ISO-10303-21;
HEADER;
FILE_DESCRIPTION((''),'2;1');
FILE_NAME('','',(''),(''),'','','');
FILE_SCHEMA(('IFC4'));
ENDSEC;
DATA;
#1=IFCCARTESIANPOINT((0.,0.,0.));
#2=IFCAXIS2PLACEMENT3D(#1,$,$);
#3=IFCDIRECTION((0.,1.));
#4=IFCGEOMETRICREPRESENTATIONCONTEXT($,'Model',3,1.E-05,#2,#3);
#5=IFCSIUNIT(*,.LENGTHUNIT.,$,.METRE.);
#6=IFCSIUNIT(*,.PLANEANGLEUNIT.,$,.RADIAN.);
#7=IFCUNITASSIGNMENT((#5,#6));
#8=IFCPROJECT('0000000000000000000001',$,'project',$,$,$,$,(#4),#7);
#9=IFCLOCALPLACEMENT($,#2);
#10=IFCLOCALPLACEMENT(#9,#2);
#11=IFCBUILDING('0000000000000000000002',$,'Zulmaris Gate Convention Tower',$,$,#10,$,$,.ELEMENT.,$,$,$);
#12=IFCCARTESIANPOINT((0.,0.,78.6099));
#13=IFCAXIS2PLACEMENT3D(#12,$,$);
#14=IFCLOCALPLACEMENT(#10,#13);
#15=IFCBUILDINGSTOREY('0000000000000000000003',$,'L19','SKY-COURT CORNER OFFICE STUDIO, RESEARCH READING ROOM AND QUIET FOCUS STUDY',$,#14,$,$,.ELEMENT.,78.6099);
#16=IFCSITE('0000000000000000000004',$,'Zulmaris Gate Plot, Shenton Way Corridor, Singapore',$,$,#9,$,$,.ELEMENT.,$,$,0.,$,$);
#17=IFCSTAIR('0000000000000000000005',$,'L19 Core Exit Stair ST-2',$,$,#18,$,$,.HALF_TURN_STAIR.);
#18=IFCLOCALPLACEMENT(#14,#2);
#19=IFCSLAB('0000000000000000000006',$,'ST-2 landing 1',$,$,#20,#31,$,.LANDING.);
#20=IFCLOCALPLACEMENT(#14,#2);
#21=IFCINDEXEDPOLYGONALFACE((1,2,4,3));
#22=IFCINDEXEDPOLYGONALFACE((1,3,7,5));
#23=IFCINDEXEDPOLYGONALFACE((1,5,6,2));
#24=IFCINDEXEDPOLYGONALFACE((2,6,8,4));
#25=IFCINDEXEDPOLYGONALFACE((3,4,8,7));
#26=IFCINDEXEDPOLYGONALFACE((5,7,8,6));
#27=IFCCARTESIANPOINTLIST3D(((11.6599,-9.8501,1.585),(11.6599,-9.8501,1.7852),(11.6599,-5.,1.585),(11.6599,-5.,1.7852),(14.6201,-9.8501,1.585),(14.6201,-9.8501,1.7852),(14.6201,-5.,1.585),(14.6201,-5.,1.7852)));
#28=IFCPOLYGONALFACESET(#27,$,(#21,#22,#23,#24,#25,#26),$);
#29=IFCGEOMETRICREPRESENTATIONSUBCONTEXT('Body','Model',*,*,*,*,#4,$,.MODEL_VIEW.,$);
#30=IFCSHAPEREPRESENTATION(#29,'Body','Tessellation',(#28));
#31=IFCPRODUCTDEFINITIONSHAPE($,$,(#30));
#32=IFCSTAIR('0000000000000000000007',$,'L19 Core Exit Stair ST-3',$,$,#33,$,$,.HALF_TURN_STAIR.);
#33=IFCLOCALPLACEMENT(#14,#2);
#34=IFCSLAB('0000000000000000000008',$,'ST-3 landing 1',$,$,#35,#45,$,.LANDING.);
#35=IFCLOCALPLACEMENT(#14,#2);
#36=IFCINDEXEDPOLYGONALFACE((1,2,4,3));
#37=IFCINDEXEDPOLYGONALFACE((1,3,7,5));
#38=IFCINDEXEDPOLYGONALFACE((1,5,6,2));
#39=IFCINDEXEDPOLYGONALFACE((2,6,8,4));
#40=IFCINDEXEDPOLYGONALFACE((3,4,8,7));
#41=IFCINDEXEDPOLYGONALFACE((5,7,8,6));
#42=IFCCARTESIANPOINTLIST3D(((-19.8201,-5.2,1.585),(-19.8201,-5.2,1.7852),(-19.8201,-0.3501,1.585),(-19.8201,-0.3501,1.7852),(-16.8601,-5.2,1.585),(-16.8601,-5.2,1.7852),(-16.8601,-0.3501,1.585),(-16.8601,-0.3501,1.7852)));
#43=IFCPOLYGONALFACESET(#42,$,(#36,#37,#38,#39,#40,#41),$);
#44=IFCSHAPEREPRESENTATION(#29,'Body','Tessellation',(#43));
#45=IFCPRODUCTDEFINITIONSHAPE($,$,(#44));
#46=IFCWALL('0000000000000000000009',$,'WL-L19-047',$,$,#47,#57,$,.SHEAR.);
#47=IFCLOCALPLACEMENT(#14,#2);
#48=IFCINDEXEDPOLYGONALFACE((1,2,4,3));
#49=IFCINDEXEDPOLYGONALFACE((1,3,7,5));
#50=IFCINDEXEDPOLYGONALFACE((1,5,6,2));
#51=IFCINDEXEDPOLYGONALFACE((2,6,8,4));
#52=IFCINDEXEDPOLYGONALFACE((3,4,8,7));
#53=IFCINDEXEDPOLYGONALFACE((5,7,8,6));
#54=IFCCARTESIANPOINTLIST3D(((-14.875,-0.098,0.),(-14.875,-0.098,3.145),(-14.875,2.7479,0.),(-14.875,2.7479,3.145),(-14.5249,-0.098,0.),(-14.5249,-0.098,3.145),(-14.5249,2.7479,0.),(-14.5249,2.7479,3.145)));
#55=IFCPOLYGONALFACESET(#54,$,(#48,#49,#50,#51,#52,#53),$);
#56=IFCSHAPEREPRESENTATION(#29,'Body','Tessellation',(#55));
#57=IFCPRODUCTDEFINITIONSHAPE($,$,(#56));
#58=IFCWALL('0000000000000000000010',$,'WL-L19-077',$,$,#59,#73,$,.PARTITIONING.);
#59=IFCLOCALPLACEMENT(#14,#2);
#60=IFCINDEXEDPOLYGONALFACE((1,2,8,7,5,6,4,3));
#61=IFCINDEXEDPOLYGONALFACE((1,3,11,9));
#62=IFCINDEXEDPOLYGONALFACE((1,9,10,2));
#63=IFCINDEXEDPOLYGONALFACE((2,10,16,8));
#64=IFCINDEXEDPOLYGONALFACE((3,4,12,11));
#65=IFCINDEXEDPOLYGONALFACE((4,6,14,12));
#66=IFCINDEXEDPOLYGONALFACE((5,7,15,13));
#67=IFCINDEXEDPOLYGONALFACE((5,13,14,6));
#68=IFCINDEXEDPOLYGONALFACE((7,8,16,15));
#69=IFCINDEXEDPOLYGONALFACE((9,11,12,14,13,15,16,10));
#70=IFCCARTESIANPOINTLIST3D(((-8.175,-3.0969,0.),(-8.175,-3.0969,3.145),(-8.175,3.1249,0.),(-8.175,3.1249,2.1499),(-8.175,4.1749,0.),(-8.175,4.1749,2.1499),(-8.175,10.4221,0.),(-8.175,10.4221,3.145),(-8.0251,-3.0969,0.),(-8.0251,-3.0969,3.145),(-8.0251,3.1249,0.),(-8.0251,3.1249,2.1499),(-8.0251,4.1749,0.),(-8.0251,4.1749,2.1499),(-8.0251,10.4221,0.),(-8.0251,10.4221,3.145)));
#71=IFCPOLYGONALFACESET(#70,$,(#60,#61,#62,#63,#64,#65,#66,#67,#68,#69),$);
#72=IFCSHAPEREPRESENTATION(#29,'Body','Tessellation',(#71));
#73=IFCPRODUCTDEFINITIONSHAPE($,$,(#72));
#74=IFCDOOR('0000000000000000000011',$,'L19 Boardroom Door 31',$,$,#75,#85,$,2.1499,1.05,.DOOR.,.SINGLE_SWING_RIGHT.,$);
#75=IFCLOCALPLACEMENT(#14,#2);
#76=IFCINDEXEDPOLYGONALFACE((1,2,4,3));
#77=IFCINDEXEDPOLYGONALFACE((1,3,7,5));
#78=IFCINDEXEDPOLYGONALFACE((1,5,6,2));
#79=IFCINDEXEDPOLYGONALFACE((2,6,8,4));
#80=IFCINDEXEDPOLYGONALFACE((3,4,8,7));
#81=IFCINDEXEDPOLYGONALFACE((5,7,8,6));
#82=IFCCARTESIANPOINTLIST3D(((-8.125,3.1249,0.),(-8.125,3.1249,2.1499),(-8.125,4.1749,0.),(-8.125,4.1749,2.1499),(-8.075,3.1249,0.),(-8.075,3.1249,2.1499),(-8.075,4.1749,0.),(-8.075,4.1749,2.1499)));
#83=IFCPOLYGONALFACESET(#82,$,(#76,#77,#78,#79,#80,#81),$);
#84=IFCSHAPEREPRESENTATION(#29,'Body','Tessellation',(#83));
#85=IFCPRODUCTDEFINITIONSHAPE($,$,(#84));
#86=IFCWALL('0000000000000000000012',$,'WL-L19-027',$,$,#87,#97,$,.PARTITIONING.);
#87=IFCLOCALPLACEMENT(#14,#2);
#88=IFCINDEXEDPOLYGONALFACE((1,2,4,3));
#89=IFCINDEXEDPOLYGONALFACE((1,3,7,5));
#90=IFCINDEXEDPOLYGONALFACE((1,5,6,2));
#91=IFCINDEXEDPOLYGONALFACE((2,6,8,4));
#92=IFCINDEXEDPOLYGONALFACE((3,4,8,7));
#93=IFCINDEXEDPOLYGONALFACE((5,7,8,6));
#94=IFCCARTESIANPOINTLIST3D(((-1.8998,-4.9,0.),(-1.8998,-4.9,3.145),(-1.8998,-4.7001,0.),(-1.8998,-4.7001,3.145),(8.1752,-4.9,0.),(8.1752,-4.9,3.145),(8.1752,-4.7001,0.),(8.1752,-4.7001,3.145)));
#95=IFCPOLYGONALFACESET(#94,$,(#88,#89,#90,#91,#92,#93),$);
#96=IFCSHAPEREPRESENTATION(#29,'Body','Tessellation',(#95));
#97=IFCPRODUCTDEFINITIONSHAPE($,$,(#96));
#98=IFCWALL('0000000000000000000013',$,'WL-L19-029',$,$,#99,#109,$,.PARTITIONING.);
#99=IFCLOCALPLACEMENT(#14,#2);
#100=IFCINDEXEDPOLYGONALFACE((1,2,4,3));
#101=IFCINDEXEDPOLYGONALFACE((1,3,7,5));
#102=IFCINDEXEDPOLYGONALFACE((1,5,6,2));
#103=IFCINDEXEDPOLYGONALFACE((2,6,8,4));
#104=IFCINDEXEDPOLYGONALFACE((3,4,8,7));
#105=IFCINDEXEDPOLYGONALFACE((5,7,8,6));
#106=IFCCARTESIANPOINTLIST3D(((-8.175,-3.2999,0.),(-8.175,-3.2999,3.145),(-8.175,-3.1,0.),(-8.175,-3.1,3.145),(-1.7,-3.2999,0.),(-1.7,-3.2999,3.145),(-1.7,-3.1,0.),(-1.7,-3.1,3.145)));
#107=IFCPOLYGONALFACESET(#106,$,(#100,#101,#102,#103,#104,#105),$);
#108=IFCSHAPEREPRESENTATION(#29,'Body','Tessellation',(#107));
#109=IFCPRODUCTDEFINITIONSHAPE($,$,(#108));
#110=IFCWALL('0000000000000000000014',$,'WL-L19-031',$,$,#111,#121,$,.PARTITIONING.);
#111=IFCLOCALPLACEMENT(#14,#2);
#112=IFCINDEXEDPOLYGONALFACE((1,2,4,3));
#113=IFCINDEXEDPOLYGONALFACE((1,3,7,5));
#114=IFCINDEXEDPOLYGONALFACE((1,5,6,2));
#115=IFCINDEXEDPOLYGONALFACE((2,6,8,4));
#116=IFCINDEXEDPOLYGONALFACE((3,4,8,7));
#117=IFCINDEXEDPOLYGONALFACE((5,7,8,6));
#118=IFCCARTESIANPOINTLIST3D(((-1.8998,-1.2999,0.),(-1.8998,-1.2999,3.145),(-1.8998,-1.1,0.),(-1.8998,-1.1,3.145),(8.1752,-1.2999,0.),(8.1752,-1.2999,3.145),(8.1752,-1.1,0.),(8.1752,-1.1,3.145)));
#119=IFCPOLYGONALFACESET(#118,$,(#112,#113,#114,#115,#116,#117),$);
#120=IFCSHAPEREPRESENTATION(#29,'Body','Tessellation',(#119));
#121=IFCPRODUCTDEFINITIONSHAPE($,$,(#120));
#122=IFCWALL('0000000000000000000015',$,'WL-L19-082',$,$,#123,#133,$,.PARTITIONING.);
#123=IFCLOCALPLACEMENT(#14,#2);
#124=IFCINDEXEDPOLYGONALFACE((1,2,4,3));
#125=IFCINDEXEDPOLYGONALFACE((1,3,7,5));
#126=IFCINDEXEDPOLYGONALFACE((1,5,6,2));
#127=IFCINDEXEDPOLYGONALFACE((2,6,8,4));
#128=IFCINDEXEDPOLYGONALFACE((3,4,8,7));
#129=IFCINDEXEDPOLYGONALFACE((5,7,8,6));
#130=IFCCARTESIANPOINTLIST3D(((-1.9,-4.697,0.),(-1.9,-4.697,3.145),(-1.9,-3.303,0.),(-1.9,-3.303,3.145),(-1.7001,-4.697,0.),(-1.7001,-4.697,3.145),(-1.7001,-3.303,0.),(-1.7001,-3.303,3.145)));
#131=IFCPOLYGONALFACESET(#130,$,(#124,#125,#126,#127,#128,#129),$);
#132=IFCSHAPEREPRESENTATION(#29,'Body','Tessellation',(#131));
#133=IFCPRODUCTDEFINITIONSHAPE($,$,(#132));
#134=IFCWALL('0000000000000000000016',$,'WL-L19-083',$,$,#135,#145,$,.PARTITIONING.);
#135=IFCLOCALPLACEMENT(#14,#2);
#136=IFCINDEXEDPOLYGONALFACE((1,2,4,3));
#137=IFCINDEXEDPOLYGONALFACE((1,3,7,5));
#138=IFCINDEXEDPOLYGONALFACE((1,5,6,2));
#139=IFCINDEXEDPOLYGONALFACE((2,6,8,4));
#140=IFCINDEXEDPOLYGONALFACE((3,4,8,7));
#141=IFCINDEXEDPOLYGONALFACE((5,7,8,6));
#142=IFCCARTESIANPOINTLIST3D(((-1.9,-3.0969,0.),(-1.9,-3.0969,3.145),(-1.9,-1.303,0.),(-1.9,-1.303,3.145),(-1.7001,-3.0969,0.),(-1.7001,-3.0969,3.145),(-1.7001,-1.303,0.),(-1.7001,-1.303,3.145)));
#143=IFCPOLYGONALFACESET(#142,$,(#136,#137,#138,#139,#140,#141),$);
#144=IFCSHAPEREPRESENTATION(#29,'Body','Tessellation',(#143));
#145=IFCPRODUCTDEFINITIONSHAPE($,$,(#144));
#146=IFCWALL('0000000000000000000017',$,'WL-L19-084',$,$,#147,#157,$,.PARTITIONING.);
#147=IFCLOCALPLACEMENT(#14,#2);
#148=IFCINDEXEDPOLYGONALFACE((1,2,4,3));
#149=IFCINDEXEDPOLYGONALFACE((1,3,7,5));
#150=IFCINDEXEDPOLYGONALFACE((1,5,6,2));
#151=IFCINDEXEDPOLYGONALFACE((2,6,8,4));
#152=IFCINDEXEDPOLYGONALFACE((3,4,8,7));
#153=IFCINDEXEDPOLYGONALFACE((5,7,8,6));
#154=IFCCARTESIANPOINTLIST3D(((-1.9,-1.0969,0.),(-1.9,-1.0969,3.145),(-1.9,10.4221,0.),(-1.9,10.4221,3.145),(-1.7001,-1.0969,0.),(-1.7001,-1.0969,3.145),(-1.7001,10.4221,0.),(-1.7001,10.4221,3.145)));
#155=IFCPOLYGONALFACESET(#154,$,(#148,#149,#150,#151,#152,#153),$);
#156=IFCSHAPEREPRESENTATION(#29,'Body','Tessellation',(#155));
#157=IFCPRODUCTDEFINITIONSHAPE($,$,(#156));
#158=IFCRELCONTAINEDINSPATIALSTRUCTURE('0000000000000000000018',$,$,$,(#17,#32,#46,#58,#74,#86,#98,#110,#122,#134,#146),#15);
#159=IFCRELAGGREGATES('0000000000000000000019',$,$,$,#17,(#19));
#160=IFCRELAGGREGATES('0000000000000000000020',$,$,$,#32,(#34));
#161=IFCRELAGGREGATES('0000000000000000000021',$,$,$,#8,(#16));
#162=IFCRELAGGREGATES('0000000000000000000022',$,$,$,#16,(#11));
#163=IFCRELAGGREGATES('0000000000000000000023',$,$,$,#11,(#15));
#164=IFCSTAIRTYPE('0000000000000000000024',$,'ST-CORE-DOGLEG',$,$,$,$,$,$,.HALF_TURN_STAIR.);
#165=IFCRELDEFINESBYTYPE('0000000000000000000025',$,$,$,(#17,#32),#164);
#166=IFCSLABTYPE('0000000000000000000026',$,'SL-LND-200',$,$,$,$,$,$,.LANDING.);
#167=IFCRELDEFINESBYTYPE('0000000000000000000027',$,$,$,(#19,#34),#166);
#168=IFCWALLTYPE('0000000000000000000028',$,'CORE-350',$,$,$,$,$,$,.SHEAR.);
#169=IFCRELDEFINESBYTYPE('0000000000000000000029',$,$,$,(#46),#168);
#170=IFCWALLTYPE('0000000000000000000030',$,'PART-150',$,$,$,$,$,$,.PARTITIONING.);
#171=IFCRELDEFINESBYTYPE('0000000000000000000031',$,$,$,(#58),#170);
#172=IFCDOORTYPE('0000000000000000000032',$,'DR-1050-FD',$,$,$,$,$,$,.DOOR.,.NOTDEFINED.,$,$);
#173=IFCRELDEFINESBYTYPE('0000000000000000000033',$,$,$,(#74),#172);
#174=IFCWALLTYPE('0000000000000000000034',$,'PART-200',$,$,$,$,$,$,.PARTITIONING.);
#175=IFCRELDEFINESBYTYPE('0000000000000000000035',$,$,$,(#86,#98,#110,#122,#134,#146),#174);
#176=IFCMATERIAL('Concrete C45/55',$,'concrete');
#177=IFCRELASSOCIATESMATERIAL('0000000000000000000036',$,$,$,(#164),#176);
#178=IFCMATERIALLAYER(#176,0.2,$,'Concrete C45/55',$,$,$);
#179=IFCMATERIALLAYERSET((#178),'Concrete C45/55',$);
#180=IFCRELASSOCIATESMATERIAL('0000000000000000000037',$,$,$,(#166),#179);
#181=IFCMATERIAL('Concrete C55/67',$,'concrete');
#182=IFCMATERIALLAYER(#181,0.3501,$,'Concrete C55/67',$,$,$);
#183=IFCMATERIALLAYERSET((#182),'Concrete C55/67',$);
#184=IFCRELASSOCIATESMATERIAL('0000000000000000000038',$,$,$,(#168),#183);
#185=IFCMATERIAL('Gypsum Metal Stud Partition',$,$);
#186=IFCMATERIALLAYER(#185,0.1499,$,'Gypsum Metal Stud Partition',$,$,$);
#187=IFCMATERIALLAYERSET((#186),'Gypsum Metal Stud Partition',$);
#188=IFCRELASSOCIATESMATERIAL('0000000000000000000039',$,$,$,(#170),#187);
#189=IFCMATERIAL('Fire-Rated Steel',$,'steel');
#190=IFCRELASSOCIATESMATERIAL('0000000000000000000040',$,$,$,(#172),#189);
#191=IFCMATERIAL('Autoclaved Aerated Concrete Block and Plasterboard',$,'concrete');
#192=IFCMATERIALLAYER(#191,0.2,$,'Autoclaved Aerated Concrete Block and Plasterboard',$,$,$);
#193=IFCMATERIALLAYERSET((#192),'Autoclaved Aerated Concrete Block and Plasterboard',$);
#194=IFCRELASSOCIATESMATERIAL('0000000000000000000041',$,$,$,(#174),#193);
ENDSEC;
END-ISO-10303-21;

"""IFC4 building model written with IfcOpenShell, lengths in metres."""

from ifc_helpers import new_model, si_unit, direction, frame, frame_2d, origin, place, context, subcontext, project, spatial, polyline, rectangle, outline, extrude, material, layer, layer_set, type_object, element, fill, aggregate, save


model = new_model("IFC4")

# Units and contexts
model_context = context("Model", 3, precision=1e-05, world=origin(), true_north=direction((0.0, 1.0)))
body_context = subcontext(model_context, "Body", "Model", "MODEL_VIEW")
ifc_project = project(units=[si_unit("LENGTHUNIT", "METRE"), si_unit("PLANEANGLEUNIT", "RADIAN")], contexts=[model_context])

# Site, building, storey
site_placement = place(None, origin())
site = spatial("IfcSite", under=ifc_project, at=site_placement, Name="Zulmaris Gate Plot, Shenton Way Corridor, Singapore", CompositionType="ELEMENT", RefElevation=0.0)
building_placement = place(site_placement, origin())
building = spatial("IfcBuilding", under=site, at=building_placement, Name="Zulmaris Gate Convention Tower", CompositionType="ELEMENT")
storey_placement = place(building_placement, frame((0.0, 0.0, 78.6099)))
storey = spatial("IfcBuildingStorey", under=building, at=storey_placement, Name="L19", Description="SKY-COURT CORNER OFFICE STUDIO, RESEARCH READING ROOM AND QUIET FOCUS STUDY", CompositionType="ELEMENT", Elevation=78.6099)

# Stairs, slabs
ifc_material_1 = material(Name="Concrete C45/55", Category="concrete")
stair_type = type_object("IfcStairType", Name="ST-CORE-DOGLEG", PredefinedType="HALF_TURN_STAIR", material=ifc_material_1)
ifc_layer_1 = layer(ifc_material_1, 0.2, Name="Concrete C45/55")
ifc_layer_set_1 = layer_set([ifc_layer_1], Name="Concrete C45/55")
slab_type_1 = type_object("IfcSlabType", Name="SL-LND-200", PredefinedType="LANDING", material=ifc_layer_set_1)
stair_1_placement = place(storey_placement, origin())
stair_1 = element("IfcStair", 1, at=stair_1_placement, inside=storey, type_object=stair_type, Name="L19 Core Exit Stair ST-2", PredefinedType="HALF_TURN_STAIR")
slab_1_placement = place(storey_placement, frame((0.0, 0.0, 1.585)))
slab_1 = element("IfcSlab", 2, at=slab_1_placement, type_object=slab_type_1, Name="ST-2 landing 1", PredefinedType="LANDING", context=body_context, shape_type="SweptSolid", body=[
    extrude(outline(polyline([(11.6599, -5.0), (11.6599, -9.8501), (14.6201, -9.8501), (14.6201, -5.0), (11.6599, -5.0)])), origin(), (0.0, 0.0, 1.0), 0.2002),
])
aggregate(stair_1, [slab_1])
stair_2_placement = place(storey_placement, origin())
stair_2 = element("IfcStair", 3, at=stair_2_placement, inside=storey, type_object=stair_type, Name="L19 Core Exit Stair ST-3", PredefinedType="HALF_TURN_STAIR")
slab_2_placement = place(storey_placement, frame((0.0, 0.0, 1.585)))
slab_2 = element("IfcSlab", 4, at=slab_2_placement, type_object=slab_type_1, Name="ST-3 landing 1", PredefinedType="LANDING", context=body_context, shape_type="SweptSolid", body=[
    extrude(outline(polyline([(-16.8601, -5.2), (-16.8601, -0.3501), (-19.8201, -0.3501), (-19.8201, -5.2), (-16.8601, -5.2)])), origin(), (0.0, 0.0, 1.0), 0.2002),
])
aggregate(stair_2, [slab_2])

# Wall
ifc_material_2 = material(Name="Concrete C55/67", Category="concrete")
ifc_layer_2 = layer(ifc_material_2, 0.3501, Name="Concrete C55/67")
ifc_layer_set_2 = layer_set([ifc_layer_2], Name="Concrete C55/67")
wall_type_1 = type_object("IfcWallType", Name="CORE-350", PredefinedType="SHEAR", material=ifc_layer_set_2)
wall_1_placement = place(storey_placement, frame((-14.7, -0.0979, 0.0), z_axis=(0.0, 0.0, 1.0), x_axis=(0.0, 1.0, 0.0)))
element("IfcWall", 5, at=wall_1_placement, inside=storey, type_object=wall_type_1, Name="WL-L19-047", PredefinedType="SHEAR", context=body_context, shape_type="SweptSolid", body=[
    extrude(rectangle(XDim=2.8459, YDim=0.3501, at=frame_2d((1.4229, 0.0))), origin(), (0.0, 0.0, 1.0), 3.145),
])

# Wall, opening, door
ifc_material_3 = material(Name="Gypsum Metal Stud Partition")
ifc_layer_3 = layer(ifc_material_3, 0.1499, Name="Gypsum Metal Stud Partition")
ifc_layer_set_3 = layer_set([ifc_layer_3], Name="Gypsum Metal Stud Partition")
wall_type_2 = type_object("IfcWallType", Name="PART-150", PredefinedType="PARTITIONING", material=ifc_layer_set_3)
wall_2_placement = place(storey_placement, frame((-8.1001, -3.0969, 0.0), z_axis=(0.0, 0.0, 1.0), x_axis=(0.0, 1.0, 0.0)))
wall_2 = element("IfcWall", 6, at=wall_2_placement, inside=storey, type_object=wall_type_2, Name="WL-L19-077", PredefinedType="PARTITIONING", context=body_context, shape_type="SweptSolid", body=[
    extrude(rectangle(XDim=13.519, YDim=0.1499, at=frame_2d((6.7595, 0.0))), origin(), (0.0, 0.0, 1.0), 3.145),
])
opening_placement = place(wall_2_placement, frame((6.2219, 0.0, 0.0)))
opening = element("IfcOpeningElement", 7, at=opening_placement, cuts=wall_2, PredefinedType="OPENING", context=body_context, shape_type="SweptSolid", body=[
    extrude(rectangle(XDim=1.05, YDim=2.1499, at=frame_2d((0.5249, 1.075))), frame((0.0, 0.085, 0.0), z_axis=(0.0, -1.0, 0.0), x_axis=(1.0, 0.0, 0.0)), (0.0, 0.0, 1.0), 0.1699),
])
ifc_material_4 = material(Name="Fire-Rated Steel", Category="steel")
door_type = type_object("IfcDoorType", Name="DR-1050-FD", OperationType="NOTDEFINED", PredefinedType="DOOR", material=ifc_material_4)
door_placement = place(opening_placement, origin())
door = element("IfcDoor", 8, at=door_placement, inside=storey, type_object=door_type, Name="L19 Boardroom Door 31", OperationType="SINGLE_SWING_RIGHT", OverallHeight=2.1499, OverallWidth=1.05, PredefinedType="DOOR", context=body_context, shape_type="SweptSolid", body=[
    extrude(rectangle(XDim=1.05, YDim=2.1499, at=frame_2d((0.5249, 1.075))), frame((0.0, 0.0249, 0.0), z_axis=(0.0, -1.0, 0.0), x_axis=(1.0, 0.0, 0.0)), (0.0, 0.0, 1.0), 0.05),
])
fill(opening, door)

# Walls
ifc_material_5 = material(Name="Autoclaved Aerated Concrete Block and Plasterboard", Category="concrete")
ifc_layer_4 = layer(ifc_material_5, 0.2, Name="Autoclaved Aerated Concrete Block and Plasterboard")
ifc_layer_set_4 = layer_set([ifc_layer_4], Name="Autoclaved Aerated Concrete Block and Plasterboard")
wall_type_3 = type_object("IfcWallType", Name="PART-200", PredefinedType="PARTITIONING", material=ifc_layer_set_4)
wall_3_placement = place(storey_placement, frame((-1.8999, -4.8, 0.0), z_axis=(0.0, 0.0, 1.0), x_axis=(1.0, 0.0, 0.0)))
element("IfcWall", 9, at=wall_3_placement, inside=storey, type_object=wall_type_3, Name="WL-L19-027", PredefinedType="PARTITIONING", context=body_context, shape_type="SweptSolid", body=[
    extrude(rectangle(XDim=10.075, YDim=0.2, at=frame_2d((5.0376, 0.0))), origin(), (0.0, 0.0, 1.0), 3.145),
])
wall_4_placement = place(storey_placement, frame((-8.175, -3.2, 0.0), z_axis=(0.0, 0.0, 1.0), x_axis=(1.0, 0.0, 0.0)))
element("IfcWall", 10, at=wall_4_placement, inside=storey, type_object=wall_type_3, Name="WL-L19-029", PredefinedType="PARTITIONING", context=body_context, shape_type="SweptSolid", body=[
    extrude(rectangle(XDim=6.4751, YDim=0.2, at=frame_2d((3.2375, 0.0))), origin(), (0.0, 0.0, 1.0), 3.145),
])
wall_5_placement = place(storey_placement, frame((-1.8999, -1.2, 0.0), z_axis=(0.0, 0.0, 1.0), x_axis=(1.0, 0.0, 0.0)))
element("IfcWall", 11, at=wall_5_placement, inside=storey, type_object=wall_type_3, Name="WL-L19-031", PredefinedType="PARTITIONING", context=body_context, shape_type="SweptSolid", body=[
    extrude(rectangle(XDim=10.075, YDim=0.2, at=frame_2d((5.0376, 0.0))), origin(), (0.0, 0.0, 1.0), 3.145),
])
wall_6_placement = place(storey_placement, frame((-1.8, -4.697, 0.0), z_axis=(0.0, 0.0, 1.0), x_axis=(0.0, 1.0, 0.0)))
element("IfcWall", 12, at=wall_6_placement, inside=storey, type_object=wall_type_3, Name="WL-L19-082", PredefinedType="PARTITIONING", context=body_context, shape_type="SweptSolid", body=[
    extrude(rectangle(XDim=1.394, YDim=0.2, at=frame_2d((0.697, 0.0))), origin(), (0.0, 0.0, 1.0), 3.145),
])
wall_7_placement = place(storey_placement, frame((-1.8, -3.0969, 0.0), z_axis=(0.0, 0.0, 1.0), x_axis=(0.0, 1.0, 0.0)))
element("IfcWall", 13, at=wall_7_placement, inside=storey, type_object=wall_type_3, Name="WL-L19-083", PredefinedType="PARTITIONING", context=body_context, shape_type="SweptSolid", body=[
    extrude(rectangle(XDim=1.7939, YDim=0.2, at=frame_2d((0.897, 0.0))), origin(), (0.0, 0.0, 1.0), 3.145),
])
wall_8_placement = place(storey_placement, frame((-1.8, -1.0969, 0.0), z_axis=(0.0, 0.0, 1.0), x_axis=(0.0, 1.0, 0.0)))
element("IfcWall", 14, at=wall_8_placement, inside=storey, type_object=wall_type_3, Name="WL-L19-084", PredefinedType="PARTITIONING", context=body_context, shape_type="SweptSolid", body=[
    extrude(rectangle(XDim=11.519, YDim=0.2, at=frame_2d((5.7595, 0.0))), origin(), (0.0, 0.0, 1.0), 3.145),
])

save(model, "model.ifc")
